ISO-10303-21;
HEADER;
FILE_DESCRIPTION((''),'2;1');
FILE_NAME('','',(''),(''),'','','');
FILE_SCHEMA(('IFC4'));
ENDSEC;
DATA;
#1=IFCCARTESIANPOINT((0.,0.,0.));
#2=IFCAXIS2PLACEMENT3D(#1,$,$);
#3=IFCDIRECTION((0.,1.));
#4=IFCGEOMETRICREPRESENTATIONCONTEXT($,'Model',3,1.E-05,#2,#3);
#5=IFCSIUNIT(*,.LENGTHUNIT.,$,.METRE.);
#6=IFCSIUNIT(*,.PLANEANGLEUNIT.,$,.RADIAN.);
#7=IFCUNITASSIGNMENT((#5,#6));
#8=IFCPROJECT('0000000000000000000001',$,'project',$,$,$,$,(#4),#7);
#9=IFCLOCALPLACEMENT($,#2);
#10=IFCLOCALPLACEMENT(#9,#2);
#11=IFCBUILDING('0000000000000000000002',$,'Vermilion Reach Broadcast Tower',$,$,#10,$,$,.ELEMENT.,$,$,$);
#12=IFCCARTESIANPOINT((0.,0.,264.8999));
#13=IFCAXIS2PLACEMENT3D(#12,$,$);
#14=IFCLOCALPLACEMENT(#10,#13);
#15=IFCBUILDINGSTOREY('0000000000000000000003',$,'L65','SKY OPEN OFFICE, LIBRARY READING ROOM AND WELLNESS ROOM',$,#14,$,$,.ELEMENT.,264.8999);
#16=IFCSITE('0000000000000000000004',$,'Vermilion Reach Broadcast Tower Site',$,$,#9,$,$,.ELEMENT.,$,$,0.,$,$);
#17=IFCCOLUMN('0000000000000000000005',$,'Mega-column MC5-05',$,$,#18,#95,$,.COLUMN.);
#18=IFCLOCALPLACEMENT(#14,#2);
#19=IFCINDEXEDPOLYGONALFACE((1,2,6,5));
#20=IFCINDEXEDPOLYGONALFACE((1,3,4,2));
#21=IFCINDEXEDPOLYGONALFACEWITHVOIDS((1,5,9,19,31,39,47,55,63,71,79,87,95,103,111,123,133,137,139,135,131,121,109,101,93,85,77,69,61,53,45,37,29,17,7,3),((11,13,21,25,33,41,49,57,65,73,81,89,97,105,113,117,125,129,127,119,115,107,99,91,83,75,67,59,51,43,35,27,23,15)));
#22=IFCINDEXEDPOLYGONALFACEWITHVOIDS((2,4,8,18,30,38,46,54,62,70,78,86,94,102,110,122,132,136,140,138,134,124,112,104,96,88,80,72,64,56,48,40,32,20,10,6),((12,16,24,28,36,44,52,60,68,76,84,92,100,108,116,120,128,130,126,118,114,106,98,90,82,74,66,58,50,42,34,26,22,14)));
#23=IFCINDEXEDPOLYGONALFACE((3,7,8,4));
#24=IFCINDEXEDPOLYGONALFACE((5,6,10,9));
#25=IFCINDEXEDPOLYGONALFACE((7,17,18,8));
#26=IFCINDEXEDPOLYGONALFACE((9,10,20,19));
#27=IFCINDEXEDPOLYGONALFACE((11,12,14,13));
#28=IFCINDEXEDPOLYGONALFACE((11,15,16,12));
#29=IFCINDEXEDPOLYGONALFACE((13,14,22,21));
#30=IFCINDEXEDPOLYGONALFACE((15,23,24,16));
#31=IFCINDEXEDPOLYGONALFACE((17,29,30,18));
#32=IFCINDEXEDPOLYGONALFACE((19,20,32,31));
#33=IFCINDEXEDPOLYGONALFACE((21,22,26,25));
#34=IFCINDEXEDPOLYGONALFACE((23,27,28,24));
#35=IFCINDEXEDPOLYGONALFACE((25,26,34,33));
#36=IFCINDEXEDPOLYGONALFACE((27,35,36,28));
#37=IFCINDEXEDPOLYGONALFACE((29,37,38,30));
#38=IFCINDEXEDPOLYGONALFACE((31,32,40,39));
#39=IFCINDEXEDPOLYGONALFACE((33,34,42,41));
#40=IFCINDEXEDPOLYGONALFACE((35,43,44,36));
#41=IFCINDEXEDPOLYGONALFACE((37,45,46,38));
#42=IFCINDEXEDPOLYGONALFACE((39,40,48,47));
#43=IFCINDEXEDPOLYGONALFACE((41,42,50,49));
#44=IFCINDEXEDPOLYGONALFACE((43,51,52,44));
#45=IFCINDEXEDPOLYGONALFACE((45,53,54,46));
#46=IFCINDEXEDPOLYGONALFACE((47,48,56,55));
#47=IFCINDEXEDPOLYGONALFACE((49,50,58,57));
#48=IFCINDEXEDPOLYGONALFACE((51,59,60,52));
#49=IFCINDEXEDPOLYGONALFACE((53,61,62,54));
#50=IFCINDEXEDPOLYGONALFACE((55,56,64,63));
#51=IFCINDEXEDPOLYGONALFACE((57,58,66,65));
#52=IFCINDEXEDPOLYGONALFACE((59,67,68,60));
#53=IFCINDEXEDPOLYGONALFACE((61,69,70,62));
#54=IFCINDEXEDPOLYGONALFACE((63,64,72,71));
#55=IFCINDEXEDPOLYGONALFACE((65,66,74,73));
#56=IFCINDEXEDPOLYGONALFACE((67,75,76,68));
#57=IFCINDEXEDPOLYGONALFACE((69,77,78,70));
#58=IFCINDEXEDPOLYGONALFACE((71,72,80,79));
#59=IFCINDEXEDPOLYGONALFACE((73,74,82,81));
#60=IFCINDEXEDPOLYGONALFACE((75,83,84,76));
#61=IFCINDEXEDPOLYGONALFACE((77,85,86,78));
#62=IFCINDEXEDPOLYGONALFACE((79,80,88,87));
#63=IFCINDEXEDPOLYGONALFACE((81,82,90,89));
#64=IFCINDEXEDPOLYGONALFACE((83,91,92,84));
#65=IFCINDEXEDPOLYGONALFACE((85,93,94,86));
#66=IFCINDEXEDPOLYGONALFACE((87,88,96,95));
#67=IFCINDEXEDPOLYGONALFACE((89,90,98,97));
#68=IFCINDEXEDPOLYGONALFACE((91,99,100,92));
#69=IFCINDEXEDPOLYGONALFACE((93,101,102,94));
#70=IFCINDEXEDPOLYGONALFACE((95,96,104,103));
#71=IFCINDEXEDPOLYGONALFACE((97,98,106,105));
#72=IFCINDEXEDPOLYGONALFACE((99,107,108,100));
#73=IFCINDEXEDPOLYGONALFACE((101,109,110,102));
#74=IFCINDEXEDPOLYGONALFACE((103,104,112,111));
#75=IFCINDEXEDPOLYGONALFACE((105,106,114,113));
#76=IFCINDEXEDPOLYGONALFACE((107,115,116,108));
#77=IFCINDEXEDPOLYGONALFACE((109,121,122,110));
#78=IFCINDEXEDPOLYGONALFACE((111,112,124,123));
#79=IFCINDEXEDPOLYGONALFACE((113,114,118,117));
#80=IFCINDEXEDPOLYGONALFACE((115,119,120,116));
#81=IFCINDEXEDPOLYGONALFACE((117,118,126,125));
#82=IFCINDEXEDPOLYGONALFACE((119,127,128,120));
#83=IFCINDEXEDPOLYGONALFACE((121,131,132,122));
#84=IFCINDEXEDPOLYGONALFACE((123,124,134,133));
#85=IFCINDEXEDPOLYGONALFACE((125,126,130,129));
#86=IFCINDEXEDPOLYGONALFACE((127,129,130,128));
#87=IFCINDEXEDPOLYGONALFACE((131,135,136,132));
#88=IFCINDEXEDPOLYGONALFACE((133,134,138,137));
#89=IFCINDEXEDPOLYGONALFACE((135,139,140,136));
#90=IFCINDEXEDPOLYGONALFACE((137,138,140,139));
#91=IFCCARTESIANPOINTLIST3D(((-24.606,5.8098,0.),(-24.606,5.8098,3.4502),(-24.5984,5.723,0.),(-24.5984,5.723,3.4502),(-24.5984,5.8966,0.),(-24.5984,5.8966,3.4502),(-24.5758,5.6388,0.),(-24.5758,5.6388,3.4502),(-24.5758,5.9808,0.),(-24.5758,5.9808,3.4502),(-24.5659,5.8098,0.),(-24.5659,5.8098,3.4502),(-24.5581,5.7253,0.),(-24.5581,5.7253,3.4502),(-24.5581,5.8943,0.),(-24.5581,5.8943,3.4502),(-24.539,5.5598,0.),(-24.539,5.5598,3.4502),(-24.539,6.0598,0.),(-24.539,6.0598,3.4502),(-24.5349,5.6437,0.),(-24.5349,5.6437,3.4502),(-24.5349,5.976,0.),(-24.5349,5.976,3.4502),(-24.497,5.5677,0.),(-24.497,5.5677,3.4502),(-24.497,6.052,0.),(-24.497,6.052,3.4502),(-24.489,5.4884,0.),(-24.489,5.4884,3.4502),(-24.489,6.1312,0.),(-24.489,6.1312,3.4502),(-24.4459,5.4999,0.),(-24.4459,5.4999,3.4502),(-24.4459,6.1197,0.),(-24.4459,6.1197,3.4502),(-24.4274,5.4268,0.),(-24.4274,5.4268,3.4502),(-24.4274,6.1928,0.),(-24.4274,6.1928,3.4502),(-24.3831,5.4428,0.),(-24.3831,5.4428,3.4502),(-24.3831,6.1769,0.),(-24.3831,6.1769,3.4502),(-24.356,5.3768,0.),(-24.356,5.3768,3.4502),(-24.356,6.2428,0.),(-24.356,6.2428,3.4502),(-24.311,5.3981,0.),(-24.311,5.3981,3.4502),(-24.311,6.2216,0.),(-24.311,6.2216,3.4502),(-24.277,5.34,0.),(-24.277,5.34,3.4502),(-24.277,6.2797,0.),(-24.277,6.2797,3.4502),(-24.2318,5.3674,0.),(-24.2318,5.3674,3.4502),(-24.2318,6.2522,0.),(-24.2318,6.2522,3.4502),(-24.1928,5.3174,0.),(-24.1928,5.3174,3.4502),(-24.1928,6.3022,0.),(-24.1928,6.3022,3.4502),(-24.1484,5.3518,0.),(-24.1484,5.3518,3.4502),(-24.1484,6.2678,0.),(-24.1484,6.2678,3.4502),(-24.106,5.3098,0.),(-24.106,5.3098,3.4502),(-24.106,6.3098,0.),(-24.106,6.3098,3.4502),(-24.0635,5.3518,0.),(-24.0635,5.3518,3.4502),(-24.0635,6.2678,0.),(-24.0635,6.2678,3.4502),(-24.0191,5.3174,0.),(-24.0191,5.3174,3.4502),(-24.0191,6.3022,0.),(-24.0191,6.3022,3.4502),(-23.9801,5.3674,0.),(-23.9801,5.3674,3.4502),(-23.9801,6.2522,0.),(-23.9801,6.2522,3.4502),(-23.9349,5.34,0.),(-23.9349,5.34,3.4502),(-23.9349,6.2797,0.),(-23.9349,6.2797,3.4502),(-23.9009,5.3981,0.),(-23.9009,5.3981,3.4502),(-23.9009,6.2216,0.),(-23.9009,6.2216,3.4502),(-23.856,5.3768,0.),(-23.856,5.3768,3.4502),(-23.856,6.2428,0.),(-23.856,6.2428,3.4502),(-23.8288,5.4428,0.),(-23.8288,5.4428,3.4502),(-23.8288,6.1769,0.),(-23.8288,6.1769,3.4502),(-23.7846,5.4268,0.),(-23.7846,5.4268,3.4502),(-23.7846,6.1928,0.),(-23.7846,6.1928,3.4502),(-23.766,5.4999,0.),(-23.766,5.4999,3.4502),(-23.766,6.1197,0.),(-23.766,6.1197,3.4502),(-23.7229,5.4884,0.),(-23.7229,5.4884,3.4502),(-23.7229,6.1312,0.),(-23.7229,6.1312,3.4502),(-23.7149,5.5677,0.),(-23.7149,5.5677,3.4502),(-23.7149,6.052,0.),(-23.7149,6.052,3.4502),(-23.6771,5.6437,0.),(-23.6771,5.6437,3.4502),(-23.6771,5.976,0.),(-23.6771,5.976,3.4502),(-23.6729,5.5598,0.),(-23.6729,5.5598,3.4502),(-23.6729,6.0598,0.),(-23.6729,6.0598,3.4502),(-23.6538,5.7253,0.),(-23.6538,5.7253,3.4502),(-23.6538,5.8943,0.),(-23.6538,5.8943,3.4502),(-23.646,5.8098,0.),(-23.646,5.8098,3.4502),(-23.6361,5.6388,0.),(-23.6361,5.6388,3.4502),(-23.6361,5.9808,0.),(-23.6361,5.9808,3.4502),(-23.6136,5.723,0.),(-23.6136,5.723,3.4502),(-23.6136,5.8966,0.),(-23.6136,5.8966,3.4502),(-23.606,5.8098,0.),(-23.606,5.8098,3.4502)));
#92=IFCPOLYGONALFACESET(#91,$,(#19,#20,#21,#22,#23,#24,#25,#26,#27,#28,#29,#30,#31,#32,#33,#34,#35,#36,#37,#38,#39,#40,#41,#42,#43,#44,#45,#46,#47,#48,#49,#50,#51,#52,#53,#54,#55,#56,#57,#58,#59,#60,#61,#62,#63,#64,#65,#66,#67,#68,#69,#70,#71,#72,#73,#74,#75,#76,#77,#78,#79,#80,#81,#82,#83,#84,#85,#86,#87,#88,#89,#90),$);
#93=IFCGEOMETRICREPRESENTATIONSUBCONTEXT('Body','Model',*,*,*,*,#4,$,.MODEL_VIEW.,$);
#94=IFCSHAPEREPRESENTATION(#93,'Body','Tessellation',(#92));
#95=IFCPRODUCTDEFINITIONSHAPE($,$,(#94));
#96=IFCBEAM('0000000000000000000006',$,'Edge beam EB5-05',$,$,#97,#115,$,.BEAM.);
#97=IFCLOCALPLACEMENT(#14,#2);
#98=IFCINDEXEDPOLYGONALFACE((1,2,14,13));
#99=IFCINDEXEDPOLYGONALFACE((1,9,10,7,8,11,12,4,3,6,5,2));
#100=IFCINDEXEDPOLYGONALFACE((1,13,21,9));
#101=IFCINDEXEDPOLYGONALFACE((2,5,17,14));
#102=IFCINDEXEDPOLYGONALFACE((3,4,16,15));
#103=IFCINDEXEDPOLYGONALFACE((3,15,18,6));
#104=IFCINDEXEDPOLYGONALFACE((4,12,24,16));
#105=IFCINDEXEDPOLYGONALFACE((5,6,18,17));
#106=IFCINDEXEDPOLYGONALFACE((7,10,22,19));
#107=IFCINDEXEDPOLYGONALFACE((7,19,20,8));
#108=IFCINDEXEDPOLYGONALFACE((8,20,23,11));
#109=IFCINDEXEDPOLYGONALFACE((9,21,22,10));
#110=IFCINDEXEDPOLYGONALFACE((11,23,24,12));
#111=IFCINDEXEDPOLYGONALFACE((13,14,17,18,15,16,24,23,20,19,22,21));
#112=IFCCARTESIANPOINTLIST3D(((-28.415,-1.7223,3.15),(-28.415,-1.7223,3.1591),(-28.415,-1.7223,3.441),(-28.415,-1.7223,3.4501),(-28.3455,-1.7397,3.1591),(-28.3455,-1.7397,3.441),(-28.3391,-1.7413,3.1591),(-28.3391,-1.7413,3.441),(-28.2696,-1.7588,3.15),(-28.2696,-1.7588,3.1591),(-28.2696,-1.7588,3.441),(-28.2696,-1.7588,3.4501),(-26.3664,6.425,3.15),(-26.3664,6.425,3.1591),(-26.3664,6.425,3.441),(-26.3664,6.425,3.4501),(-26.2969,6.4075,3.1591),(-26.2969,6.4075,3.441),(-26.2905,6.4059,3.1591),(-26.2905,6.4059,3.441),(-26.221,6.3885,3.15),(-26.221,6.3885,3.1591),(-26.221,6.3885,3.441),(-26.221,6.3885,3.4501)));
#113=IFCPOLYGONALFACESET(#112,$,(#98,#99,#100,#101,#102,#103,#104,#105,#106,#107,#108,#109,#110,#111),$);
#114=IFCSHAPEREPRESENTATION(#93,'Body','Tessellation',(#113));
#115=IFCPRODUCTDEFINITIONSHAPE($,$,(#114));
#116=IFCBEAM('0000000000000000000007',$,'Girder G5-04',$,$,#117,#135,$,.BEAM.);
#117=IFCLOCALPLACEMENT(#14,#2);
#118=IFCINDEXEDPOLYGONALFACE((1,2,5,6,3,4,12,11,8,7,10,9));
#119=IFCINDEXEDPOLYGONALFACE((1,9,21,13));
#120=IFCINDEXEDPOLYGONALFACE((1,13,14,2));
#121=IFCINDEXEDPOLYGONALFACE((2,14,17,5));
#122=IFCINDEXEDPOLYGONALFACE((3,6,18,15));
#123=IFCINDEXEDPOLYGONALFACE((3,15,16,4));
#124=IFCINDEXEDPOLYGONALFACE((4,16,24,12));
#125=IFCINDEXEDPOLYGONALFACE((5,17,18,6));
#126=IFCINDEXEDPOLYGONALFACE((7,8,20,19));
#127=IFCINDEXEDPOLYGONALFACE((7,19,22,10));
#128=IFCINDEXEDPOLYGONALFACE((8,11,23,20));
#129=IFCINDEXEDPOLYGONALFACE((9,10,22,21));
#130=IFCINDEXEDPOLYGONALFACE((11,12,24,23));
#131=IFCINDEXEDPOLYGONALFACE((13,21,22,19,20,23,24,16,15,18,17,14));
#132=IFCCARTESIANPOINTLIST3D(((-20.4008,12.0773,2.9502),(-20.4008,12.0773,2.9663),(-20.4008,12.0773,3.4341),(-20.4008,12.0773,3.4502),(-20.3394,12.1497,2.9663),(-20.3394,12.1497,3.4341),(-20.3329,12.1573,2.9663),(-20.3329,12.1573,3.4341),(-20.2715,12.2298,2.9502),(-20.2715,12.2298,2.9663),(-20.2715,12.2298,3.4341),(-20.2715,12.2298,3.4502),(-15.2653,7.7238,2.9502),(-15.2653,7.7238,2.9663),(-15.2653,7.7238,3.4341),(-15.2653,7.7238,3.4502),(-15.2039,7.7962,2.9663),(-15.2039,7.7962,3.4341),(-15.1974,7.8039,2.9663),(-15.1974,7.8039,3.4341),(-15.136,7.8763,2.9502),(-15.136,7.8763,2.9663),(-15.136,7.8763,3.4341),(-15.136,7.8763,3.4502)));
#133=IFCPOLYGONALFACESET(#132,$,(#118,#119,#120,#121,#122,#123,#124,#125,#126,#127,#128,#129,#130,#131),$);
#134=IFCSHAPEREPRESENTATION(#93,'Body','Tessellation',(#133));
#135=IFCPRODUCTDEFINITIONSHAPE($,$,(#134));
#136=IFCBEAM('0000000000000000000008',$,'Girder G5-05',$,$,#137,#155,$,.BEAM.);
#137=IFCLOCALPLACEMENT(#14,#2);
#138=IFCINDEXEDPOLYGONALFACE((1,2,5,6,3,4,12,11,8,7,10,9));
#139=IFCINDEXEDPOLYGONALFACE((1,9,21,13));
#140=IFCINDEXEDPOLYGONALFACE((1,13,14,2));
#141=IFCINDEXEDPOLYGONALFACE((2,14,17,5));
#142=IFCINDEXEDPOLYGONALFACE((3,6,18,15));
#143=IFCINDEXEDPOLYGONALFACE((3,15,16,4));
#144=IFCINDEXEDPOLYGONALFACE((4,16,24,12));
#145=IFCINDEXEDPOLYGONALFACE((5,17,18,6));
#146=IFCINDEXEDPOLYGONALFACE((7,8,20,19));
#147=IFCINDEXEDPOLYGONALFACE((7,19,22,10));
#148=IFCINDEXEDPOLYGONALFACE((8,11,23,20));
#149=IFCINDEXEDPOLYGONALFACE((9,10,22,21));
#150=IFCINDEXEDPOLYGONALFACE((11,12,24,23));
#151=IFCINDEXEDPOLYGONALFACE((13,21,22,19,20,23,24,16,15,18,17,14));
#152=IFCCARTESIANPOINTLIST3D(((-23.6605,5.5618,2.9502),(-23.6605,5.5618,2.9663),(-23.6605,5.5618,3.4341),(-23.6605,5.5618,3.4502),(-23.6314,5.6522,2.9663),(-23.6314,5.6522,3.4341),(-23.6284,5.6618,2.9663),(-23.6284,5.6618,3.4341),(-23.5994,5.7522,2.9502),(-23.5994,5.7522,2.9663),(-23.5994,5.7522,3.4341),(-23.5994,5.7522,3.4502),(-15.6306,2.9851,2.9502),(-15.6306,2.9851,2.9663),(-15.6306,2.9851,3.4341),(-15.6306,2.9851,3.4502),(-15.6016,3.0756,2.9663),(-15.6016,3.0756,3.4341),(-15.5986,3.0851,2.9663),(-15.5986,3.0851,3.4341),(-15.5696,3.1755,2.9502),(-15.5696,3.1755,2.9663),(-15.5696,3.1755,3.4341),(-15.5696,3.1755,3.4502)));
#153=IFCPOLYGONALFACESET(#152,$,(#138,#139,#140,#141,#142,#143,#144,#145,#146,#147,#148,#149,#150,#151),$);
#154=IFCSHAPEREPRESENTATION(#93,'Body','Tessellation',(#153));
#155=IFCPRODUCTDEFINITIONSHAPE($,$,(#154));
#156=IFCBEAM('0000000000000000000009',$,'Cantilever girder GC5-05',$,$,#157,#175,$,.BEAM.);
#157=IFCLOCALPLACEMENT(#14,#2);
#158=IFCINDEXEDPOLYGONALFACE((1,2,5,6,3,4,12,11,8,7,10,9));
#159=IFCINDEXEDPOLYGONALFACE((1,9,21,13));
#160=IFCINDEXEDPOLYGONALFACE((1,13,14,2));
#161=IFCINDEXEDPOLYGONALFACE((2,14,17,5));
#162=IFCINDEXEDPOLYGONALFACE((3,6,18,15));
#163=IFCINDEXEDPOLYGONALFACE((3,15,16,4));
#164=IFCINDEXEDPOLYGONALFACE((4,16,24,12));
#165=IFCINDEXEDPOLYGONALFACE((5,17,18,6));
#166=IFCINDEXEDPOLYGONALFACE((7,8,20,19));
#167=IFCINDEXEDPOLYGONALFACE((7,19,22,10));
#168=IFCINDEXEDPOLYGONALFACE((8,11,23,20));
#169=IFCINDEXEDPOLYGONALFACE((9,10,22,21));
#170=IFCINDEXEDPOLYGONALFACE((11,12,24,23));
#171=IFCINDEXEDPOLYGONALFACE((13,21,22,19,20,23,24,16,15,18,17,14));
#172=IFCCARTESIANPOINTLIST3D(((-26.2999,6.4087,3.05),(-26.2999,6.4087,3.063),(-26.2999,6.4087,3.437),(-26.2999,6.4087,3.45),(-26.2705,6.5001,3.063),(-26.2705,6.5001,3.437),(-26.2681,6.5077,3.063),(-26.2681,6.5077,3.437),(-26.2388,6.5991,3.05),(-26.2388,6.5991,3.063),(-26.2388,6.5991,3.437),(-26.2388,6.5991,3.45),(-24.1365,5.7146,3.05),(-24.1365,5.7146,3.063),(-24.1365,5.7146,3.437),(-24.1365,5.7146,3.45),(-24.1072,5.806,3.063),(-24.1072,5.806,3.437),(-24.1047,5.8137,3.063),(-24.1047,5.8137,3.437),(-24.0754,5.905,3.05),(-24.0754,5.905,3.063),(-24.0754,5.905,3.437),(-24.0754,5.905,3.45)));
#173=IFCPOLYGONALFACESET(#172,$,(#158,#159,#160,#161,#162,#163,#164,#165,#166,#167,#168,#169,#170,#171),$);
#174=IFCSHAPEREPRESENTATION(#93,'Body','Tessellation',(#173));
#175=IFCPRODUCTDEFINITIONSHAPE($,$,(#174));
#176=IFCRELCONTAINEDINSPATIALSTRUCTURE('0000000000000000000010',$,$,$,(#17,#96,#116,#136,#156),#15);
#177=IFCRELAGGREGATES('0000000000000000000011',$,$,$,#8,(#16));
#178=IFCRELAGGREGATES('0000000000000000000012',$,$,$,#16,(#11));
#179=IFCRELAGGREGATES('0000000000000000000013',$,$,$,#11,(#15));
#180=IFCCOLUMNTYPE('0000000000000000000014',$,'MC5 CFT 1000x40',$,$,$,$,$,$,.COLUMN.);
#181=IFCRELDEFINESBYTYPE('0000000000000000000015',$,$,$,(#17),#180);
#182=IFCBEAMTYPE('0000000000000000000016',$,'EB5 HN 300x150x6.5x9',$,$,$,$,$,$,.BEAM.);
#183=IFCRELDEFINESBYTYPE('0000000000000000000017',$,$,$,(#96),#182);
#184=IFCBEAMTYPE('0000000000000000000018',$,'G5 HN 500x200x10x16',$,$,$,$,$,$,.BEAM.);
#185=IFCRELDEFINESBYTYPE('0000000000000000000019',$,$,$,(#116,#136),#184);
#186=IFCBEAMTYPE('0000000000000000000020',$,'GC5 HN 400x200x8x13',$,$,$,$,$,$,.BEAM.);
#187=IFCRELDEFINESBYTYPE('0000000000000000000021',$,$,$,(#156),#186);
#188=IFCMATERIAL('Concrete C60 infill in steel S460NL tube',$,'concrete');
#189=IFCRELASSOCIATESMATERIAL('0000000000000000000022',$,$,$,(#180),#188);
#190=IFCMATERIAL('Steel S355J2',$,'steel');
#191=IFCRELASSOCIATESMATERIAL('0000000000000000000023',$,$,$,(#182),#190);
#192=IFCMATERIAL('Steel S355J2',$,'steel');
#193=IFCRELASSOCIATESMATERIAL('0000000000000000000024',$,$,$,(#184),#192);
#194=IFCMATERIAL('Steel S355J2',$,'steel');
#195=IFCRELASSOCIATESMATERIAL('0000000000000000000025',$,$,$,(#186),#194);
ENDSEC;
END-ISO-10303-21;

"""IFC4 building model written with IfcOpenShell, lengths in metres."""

from ifc_helpers import new_model, si_unit, direction, frame, origin, origin_2d, place, context, subcontext, project, spatial, hollow_circle, i_section, extrude, material, material_profile, profile_set, type_object, element, save


model = new_model("IFC4")

# Units and contexts
model_context = context("Model", 3, precision=1e-05, world=origin(), true_north=direction((0.0, 1.0)))
body_context = subcontext(model_context, "Body", "Model", "MODEL_VIEW")
ifc_project = project(units=[si_unit("LENGTHUNIT", "METRE"), si_unit("PLANEANGLEUNIT", "RADIAN")], contexts=[model_context])

# Site, building, storey
site_placement = place(None, origin())
site = spatial("IfcSite", under=ifc_project, at=site_placement, Name="Vermilion Reach Broadcast Tower Site", CompositionType="ELEMENT", RefElevation=0.0)
building_placement = place(site_placement, origin())
building = spatial("IfcBuilding", under=site, at=building_placement, Name="Vermilion Reach Broadcast Tower", CompositionType="ELEMENT")
storey_placement = place(building_placement, frame((0.0, 0.0, 264.8999)))
storey = spatial("IfcBuildingStorey", under=building, at=storey_placement, Name="L65", Description="SKY OPEN OFFICE, LIBRARY READING ROOM AND WELLNESS ROOM", CompositionType="ELEMENT", Elevation=264.8999)

# Column
ifc_material_1 = material(Name="Concrete C60 infill in steel S460NL tube", Category="concrete")
ifc_material_profile_1 = material_profile(ifc_material_1, hollow_circle(Radius=0.5, WallThickness=0.04, at=origin_2d()), Name="Concrete C60 infill in steel S460NL tube CFT 1000x40")
ifc_profile_set_1 = profile_set([ifc_material_profile_1], Name="Concrete C60 infill in steel S460NL tube")
column_type = type_object("IfcColumnType", Name="MC5 CFT 1000x40", PredefinedType="COLUMN", material=ifc_profile_set_1)
column_placement = place(storey_placement, frame((-24.106, 5.8098, 0.0), z_axis=(0.0, 0.0, 1.0), x_axis=(1.0, 0.0, 0.0)))
element("IfcColumn", 1, at=column_placement, inside=storey, type_object=column_type, Name="Mega-column MC5-05", PredefinedType="COLUMN", context=body_context, shape_type="SweptSolid", body=[
    extrude(hollow_circle(Radius=0.5, WallThickness=0.04, at=origin_2d()), origin(), (0.0, 0.0, 1.0), 3.4502),
])

# Beams
ifc_material_2 = material(Name="Steel S355J2", Category="steel")
ifc_material_profile_2 = material_profile(ifc_material_2, i_section(OverallWidth=0.1499, OverallDepth=0.3, WebThickness=0.0066, FlangeThickness=0.009, at=origin_2d()), Name="S355J2 HN 300x150x6.5x9")
ifc_profile_set_2 = profile_set([ifc_material_profile_2], Name="Steel S355J2")
beam_type_1 = type_object("IfcBeamType", Name="EB5 HN 300x150x6.5x9", PredefinedType="BEAM", material=ifc_profile_set_2)
beam_1_placement = place(storey_placement, frame((-26.2937, 6.4067, 3.3), z_axis=(-0.243855, -0.969812, 0.0), x_axis=(0.969812, -0.243855, 0.0)))
element("IfcBeam", 2, at=beam_1_placement, inside=storey, type_object=beam_type_1, Name="Edge beam EB5-05", PredefinedType="BEAM", context=body_context, shape_type="SweptSolid", body=[
    extrude(i_section(OverallWidth=0.1499, OverallDepth=0.3, WebThickness=0.0066, FlangeThickness=0.009, at=origin_2d()), origin(), (0.0, 0.0, 1.0), 8.4009),
])
ifc_material_3 = material(Name="Steel S355J2", Category="steel")
ifc_material_profile_3 = material_profile(ifc_material_3, i_section(OverallWidth=0.2, OverallDepth=0.5, WebThickness=0.01, FlangeThickness=0.0161, at=origin_2d()), Name="S355J2 HN 500x200x10x16")
ifc_profile_set_3 = profile_set([ifc_material_profile_3], Name="Steel S355J2")
beam_type_2 = type_object("IfcBeamType", Name="G5 HN 500x200x10x16", PredefinedType="BEAM", material=ifc_profile_set_3)
beam_2_placement = place(storey_placement, frame((-15.2007, 7.8, 3.2002), z_axis=(-0.762793, 0.646643, 0.0), x_axis=(-0.646643, -0.762793, 0.0)))
element("IfcBeam", 3, at=beam_2_placement, inside=storey, type_object=beam_type_2, Name="Girder G5-04", PredefinedType="BEAM", context=body_context, shape_type="SweptSolid", body=[
    extrude(i_section(OverallWidth=0.2, OverallDepth=0.5, WebThickness=0.01, FlangeThickness=0.0161, at=origin_2d()), origin(), (0.0, 0.0, 1.0), 6.7324),
])
beam_3_placement = place(storey_placement, frame((-15.6001, 3.0803, 3.2002), z_axis=(-0.952178, 0.305542, 0.0), x_axis=(-0.305542, -0.952178, 0.0)))
element("IfcBeam", 4, at=beam_3_placement, inside=storey, type_object=beam_type_2, Name="Girder G5-05", PredefinedType="BEAM", context=body_context, shape_type="SweptSolid", body=[
    extrude(i_section(OverallWidth=0.2, OverallDepth=0.5, WebThickness=0.01, FlangeThickness=0.0161, at=origin_2d()), origin(), (0.0, 0.0, 1.0), 8.4331),
])
ifc_material_4 = material(Name="Steel S355J2", Category="steel")
ifc_material_profile_4 = material_profile(ifc_material_4, i_section(OverallWidth=0.2, OverallDepth=0.3999, WebThickness=0.0081, FlangeThickness=0.0129, at=origin_2d()), Name="S355J2 HN 400x200x8x13")
ifc_profile_set_4 = profile_set([ifc_material_profile_4], Name="Steel S355J2")
beam_type_3 = type_object("IfcBeamType", Name="GC5 HN 400x200x8x13", PredefinedType="BEAM", material=ifc_profile_set_4)
beam_4_placement = place(storey_placement, frame((-24.106, 5.8098, 3.25), z_axis=(-0.952191, 0.305505, 0.0), x_axis=(-0.305505, -0.952191, 0.0)))
element("IfcBeam", 5, at=beam_4_placement, inside=storey, type_object=beam_type_3, Name="Cantilever girder GC5-05", PredefinedType="BEAM", context=body_context, shape_type="SweptSolid", body=[
    extrude(i_section(OverallWidth=0.2, OverallDepth=0.3999, WebThickness=0.0081, FlangeThickness=0.0129, at=origin_2d()), origin(), (0.0, 0.0, 1.0), 2.272),
])

save(model, "model.ifc")
